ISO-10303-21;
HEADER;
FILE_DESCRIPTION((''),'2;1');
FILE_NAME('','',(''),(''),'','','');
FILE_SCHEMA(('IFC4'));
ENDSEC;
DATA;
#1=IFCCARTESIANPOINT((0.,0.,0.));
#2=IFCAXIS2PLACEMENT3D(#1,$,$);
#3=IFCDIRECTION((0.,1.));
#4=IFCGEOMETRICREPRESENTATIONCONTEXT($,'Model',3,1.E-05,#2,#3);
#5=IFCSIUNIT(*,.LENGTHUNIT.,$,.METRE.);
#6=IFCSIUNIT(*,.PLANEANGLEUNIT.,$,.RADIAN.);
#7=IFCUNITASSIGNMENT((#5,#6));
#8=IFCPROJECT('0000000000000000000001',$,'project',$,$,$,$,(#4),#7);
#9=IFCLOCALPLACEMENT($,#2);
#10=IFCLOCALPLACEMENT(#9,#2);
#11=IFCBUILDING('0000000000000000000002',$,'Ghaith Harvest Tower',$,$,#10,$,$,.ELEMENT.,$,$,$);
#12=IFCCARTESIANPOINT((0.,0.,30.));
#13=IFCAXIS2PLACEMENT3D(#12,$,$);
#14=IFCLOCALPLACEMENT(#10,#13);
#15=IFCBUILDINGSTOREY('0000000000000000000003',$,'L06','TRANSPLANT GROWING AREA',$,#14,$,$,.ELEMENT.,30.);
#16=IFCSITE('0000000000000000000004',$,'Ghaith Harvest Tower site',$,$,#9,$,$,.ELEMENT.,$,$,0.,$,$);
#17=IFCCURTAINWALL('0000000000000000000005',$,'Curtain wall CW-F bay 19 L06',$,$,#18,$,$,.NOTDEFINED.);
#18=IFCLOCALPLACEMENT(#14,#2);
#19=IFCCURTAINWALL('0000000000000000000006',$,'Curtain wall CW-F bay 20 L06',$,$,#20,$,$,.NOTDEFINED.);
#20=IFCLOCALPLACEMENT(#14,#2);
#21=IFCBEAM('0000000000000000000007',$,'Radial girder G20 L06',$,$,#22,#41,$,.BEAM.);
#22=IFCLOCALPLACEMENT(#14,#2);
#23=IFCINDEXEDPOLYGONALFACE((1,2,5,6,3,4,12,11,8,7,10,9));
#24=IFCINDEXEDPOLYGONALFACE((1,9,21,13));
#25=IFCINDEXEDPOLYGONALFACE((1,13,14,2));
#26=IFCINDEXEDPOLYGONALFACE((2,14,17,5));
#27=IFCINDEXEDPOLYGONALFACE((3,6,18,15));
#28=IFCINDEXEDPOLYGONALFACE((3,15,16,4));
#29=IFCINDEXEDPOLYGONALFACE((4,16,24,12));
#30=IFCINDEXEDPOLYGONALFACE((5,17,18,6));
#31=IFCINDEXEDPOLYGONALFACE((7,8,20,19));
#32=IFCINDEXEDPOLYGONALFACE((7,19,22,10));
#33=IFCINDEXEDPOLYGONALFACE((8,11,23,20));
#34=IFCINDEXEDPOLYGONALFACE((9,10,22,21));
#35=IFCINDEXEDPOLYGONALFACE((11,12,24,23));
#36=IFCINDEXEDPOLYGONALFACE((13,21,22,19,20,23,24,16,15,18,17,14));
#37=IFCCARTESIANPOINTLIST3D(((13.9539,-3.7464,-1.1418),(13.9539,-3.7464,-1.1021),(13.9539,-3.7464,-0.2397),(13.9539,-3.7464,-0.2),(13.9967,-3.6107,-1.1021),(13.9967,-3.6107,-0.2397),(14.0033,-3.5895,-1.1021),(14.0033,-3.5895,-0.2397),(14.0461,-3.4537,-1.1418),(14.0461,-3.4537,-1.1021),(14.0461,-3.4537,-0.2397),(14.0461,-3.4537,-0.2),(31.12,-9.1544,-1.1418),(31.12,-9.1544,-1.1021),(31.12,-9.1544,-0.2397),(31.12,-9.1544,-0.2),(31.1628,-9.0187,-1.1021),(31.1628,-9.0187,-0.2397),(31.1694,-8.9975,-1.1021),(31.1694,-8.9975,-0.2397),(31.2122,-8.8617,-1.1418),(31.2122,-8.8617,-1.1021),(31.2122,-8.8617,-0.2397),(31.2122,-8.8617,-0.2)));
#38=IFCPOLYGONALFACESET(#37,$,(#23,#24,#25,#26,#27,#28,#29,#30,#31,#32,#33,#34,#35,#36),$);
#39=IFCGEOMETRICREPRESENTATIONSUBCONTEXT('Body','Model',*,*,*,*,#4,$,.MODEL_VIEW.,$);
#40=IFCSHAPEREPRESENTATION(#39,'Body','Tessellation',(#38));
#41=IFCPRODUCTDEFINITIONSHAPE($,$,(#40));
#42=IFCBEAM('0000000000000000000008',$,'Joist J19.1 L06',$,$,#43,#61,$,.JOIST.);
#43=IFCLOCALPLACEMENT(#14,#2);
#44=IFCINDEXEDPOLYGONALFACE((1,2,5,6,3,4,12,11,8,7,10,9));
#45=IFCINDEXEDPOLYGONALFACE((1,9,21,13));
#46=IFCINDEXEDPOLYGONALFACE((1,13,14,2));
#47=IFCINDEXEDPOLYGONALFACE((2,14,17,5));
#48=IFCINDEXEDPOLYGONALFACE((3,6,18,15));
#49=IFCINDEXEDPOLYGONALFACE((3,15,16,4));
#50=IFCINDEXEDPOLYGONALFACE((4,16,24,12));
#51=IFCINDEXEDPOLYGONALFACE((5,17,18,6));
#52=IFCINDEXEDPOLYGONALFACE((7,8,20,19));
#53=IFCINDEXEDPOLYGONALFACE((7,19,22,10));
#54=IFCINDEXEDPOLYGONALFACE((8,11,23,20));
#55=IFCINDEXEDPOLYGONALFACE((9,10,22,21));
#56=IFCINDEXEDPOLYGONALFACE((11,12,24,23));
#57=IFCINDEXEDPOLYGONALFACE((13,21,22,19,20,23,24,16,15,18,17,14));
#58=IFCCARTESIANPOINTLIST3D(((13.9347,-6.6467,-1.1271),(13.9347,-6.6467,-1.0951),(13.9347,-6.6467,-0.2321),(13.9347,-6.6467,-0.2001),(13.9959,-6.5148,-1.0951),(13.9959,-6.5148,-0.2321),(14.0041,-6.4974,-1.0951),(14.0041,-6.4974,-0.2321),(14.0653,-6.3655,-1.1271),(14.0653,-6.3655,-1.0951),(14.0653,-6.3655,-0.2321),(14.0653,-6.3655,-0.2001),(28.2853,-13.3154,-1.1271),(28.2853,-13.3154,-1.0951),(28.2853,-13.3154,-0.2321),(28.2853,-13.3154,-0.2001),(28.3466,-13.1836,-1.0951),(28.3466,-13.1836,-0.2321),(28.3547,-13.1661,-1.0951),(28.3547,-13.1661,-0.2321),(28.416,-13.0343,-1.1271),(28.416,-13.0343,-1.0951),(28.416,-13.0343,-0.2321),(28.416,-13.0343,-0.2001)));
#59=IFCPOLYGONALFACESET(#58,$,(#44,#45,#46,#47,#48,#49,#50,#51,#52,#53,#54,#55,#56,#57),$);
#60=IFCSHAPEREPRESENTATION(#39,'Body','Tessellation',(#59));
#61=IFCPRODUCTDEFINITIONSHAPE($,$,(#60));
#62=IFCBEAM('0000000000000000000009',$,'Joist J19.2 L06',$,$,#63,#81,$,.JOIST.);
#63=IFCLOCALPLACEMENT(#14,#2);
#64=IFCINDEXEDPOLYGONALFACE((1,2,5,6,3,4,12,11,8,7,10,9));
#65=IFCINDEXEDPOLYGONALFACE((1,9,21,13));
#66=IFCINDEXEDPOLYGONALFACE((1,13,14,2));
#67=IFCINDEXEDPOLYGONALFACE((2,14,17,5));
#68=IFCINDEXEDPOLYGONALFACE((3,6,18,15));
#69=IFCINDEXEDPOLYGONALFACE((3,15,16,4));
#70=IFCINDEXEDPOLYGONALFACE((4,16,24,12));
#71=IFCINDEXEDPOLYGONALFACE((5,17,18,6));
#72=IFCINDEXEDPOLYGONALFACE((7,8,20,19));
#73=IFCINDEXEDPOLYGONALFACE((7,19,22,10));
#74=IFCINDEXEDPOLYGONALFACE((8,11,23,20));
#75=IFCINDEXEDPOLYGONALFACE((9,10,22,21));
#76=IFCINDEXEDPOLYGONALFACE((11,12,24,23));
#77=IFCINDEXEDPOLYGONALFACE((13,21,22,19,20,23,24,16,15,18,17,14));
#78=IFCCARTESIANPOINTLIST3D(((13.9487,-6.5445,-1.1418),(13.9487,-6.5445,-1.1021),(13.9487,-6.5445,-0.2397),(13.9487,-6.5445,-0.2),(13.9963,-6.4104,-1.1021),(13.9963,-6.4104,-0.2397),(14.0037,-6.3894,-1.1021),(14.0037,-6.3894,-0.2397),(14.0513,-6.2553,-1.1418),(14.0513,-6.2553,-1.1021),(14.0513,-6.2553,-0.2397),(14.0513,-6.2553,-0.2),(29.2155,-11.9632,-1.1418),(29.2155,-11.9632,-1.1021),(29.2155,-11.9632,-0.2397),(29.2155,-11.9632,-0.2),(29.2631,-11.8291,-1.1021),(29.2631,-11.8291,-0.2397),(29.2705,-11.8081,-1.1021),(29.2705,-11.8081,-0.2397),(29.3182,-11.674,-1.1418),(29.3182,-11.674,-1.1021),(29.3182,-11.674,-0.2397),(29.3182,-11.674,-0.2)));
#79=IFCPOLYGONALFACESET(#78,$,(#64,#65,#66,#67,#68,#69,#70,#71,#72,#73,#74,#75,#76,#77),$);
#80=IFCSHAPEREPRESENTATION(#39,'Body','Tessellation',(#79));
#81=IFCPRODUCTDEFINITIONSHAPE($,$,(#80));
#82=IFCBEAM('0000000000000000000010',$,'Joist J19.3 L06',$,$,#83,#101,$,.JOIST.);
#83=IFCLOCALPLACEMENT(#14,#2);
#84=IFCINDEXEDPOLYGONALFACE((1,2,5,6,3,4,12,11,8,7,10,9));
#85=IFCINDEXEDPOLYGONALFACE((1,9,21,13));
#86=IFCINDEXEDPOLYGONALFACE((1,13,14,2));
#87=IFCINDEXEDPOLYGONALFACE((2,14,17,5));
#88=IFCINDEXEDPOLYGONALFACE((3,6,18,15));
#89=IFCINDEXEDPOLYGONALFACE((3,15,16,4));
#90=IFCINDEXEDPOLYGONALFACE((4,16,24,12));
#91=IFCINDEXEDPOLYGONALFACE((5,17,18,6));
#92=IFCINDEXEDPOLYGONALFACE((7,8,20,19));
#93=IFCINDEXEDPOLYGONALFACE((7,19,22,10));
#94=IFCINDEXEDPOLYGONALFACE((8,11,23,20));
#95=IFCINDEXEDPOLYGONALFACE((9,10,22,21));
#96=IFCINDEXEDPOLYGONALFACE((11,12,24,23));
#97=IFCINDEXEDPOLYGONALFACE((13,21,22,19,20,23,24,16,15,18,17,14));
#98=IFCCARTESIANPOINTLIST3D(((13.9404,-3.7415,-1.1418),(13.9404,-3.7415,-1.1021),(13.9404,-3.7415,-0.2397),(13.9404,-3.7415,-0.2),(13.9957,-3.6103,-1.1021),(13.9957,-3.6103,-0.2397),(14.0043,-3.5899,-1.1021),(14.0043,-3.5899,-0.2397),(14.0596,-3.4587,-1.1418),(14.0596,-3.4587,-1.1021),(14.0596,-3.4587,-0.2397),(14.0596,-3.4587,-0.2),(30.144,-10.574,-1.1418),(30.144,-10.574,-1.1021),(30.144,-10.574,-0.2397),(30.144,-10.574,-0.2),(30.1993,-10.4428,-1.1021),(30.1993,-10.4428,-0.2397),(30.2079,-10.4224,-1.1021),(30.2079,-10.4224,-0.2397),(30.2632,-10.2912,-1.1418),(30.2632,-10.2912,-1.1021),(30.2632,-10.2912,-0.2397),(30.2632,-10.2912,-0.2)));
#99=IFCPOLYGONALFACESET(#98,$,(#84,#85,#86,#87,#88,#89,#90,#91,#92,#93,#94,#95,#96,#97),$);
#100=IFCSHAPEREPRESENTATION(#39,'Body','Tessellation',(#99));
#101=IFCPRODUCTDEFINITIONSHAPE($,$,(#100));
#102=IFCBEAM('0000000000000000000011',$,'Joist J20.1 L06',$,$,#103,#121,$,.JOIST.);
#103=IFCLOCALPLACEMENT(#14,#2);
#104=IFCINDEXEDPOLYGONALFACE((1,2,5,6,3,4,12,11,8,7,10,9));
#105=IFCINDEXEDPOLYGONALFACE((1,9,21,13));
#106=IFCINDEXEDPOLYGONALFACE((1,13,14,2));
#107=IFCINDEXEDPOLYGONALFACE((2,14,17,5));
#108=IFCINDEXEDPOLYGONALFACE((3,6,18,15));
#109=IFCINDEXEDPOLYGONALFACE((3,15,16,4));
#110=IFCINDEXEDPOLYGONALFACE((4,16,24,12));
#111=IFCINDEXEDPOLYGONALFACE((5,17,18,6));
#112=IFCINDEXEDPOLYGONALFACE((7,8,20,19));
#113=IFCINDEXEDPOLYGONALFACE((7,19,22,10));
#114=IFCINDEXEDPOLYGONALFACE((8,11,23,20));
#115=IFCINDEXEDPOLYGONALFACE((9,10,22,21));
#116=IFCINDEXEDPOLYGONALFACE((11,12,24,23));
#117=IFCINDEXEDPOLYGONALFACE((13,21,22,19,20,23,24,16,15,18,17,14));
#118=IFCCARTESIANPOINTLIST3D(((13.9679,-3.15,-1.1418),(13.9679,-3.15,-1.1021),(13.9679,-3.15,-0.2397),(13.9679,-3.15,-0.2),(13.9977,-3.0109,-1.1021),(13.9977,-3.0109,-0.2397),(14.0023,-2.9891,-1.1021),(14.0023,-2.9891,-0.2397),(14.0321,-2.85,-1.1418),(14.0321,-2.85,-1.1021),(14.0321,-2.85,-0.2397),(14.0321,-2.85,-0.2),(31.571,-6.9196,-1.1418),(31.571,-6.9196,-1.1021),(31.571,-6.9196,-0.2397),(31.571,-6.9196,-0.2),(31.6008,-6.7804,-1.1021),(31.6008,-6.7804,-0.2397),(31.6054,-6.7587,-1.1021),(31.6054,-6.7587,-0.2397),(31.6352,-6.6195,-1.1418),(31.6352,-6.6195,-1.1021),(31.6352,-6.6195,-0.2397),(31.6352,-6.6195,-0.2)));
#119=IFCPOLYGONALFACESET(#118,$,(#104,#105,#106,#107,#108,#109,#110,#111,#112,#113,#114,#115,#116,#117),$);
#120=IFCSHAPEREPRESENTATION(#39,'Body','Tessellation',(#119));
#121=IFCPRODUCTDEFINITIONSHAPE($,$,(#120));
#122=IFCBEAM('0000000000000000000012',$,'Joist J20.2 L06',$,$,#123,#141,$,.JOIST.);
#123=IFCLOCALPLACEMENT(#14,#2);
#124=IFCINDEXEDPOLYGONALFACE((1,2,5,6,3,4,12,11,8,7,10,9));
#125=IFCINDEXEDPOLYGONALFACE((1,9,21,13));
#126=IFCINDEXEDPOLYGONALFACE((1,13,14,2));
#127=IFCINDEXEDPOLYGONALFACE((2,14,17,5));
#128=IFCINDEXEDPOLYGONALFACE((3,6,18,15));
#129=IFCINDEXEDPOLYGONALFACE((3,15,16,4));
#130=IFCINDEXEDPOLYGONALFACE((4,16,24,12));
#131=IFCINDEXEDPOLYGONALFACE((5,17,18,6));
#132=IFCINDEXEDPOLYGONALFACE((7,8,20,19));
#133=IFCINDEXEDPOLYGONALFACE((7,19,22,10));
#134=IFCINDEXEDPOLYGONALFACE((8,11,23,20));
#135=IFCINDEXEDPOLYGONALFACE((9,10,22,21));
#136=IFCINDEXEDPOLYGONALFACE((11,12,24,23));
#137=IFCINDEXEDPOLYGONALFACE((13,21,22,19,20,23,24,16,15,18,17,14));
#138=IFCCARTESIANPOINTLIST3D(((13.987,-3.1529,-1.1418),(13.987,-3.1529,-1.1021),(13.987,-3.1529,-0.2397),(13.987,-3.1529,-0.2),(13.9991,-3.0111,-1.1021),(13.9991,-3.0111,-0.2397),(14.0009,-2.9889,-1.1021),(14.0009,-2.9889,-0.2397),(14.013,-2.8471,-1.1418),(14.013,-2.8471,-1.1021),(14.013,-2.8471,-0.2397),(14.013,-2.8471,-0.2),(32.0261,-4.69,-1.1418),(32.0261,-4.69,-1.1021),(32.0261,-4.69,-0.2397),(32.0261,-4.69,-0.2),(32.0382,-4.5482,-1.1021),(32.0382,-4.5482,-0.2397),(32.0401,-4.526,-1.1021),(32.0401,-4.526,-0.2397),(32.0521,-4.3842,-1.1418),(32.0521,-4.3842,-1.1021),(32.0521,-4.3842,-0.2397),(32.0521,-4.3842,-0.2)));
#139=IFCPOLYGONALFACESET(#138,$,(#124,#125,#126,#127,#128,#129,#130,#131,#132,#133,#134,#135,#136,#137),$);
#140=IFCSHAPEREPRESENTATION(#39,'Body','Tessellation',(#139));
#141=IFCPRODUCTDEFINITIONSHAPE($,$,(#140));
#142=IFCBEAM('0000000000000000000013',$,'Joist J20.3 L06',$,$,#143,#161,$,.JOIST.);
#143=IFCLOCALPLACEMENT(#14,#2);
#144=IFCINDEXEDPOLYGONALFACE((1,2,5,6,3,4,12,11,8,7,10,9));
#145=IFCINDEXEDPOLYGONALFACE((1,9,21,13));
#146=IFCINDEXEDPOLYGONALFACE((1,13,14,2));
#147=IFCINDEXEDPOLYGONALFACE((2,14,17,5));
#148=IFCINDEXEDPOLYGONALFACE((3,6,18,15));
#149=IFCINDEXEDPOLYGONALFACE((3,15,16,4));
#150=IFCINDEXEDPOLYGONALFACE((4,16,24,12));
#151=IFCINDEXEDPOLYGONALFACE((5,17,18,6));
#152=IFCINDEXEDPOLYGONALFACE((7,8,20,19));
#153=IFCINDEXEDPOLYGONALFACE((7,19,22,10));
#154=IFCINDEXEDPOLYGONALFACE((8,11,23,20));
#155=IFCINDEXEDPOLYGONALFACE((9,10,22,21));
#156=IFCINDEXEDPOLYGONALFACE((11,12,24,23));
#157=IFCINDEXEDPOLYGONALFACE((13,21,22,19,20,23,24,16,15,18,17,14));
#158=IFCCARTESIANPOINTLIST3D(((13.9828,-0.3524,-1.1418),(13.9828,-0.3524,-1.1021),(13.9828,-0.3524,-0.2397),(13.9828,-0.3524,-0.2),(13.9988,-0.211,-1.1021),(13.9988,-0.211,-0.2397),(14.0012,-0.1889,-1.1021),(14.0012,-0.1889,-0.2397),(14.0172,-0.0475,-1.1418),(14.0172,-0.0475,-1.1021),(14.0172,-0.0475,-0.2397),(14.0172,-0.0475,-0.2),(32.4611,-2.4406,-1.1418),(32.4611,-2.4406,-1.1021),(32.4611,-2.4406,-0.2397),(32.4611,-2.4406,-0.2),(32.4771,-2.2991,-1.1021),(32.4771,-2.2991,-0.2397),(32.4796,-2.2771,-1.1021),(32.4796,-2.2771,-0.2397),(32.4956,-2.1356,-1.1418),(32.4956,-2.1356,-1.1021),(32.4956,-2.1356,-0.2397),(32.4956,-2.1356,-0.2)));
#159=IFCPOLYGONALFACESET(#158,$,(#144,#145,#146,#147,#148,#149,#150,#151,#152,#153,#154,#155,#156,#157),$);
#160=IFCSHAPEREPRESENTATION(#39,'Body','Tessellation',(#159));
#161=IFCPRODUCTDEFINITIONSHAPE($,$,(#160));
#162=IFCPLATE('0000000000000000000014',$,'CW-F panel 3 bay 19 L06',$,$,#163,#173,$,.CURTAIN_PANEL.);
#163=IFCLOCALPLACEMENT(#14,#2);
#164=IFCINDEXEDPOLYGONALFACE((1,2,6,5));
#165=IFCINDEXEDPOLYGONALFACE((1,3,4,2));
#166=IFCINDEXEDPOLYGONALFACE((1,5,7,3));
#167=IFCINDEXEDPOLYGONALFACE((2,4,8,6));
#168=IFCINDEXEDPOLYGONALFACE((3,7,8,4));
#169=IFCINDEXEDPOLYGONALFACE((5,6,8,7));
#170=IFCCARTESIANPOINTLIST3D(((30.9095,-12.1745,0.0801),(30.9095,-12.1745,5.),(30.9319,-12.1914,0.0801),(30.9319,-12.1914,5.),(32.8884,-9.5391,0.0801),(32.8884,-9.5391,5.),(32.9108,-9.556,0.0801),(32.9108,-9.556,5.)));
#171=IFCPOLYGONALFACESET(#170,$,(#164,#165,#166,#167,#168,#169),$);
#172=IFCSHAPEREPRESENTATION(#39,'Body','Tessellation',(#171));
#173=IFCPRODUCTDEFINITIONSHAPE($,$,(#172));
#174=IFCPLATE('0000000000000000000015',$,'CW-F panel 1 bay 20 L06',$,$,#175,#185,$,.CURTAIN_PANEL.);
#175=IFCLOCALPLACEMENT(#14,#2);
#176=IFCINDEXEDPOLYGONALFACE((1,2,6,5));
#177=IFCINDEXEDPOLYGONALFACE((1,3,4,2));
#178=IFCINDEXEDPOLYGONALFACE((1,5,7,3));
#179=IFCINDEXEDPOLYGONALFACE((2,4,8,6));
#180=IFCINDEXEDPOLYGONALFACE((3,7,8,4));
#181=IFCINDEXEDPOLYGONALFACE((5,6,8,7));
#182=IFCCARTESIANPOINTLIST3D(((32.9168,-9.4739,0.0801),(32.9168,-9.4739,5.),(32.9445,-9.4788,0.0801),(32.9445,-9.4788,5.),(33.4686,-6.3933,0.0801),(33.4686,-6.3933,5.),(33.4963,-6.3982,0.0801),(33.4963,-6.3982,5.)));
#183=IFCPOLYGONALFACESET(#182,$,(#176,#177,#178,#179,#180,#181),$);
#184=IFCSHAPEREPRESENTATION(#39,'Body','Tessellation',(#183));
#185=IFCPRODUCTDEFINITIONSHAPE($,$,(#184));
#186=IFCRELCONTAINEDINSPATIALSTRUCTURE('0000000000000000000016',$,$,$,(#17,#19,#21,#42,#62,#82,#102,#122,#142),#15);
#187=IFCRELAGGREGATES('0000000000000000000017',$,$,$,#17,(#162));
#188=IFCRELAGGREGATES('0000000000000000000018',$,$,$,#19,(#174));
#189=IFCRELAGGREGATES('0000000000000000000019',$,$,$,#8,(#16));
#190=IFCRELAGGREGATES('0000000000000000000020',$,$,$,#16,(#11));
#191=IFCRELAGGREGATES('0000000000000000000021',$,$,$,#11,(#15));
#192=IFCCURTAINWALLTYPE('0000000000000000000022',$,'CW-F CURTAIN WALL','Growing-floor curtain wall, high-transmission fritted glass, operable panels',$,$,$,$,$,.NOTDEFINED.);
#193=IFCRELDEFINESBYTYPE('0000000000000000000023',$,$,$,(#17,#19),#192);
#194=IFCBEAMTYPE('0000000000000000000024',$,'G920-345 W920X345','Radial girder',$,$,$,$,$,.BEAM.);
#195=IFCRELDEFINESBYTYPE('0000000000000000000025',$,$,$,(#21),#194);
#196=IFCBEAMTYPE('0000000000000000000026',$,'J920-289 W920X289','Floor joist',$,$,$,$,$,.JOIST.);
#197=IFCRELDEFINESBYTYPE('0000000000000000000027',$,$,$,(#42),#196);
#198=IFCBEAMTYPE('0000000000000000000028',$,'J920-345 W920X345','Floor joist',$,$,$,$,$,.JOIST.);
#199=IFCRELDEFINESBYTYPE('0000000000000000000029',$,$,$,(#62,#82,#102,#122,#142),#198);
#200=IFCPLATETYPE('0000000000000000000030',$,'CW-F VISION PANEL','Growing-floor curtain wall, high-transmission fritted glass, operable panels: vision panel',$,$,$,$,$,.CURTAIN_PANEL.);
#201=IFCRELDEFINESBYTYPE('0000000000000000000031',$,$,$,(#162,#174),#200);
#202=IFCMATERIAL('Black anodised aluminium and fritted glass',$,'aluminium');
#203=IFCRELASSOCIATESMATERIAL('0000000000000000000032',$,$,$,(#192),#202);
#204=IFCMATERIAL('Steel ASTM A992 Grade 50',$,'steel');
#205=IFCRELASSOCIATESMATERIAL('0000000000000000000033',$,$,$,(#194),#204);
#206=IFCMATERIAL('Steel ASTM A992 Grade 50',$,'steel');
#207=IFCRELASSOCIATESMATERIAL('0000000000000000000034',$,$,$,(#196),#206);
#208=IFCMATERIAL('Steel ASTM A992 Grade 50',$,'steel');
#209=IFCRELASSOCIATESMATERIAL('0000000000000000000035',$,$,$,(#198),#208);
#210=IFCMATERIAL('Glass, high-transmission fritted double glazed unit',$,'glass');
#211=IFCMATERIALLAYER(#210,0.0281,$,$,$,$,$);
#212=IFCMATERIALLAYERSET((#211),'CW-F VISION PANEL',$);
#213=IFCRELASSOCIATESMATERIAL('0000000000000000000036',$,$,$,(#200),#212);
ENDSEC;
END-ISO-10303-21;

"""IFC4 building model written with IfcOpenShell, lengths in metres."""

from ifc_helpers import new_model, si_unit, direction, frame, origin, origin_2d, place, context, subcontext, project, spatial, rectangle, i_section, extrude, material, layer, layer_set, material_profile, profile_set, type_object, element, aggregate, save


model = new_model("IFC4")

# Units and contexts
model_context = context("Model", 3, precision=1e-05, world=origin(), true_north=direction((0.0, 1.0)))
body_context = subcontext(model_context, "Body", "Model", "MODEL_VIEW")
ifc_project = project(units=[si_unit("LENGTHUNIT", "METRE"), si_unit("PLANEANGLEUNIT", "RADIAN")], contexts=[model_context])

# Site, building, storey
site_placement = place(None, origin())
site = spatial("IfcSite", under=ifc_project, at=site_placement, Name="Ghaith Harvest Tower site", CompositionType="ELEMENT", RefElevation=0.0)
building_placement = place(site_placement, origin())
building = spatial("IfcBuilding", under=site, at=building_placement, Name="Ghaith Harvest Tower", CompositionType="ELEMENT")
storey_placement = place(building_placement, frame((0.0, 0.0, 30.0)))
storey = spatial("IfcBuildingStorey", under=building, at=storey_placement, Name="L06", Description="TRANSPLANT GROWING AREA", CompositionType="ELEMENT", Elevation=30.0)

# Curtain wall
ifc_material_1 = material(Name="Black anodised aluminium and fritted glass", Category="aluminium")
curtain_wall_type = type_object("IfcCurtainWallType", Name="CW-F CURTAIN WALL", Description="Growing-floor curtain wall, high-transmission fritted glass, operable panels", PredefinedType="NOTDEFINED", material=ifc_material_1)
curtain_wall_1_placement = place(storey_placement, origin())
curtain_wall_1 = element("IfcCurtainWall", 1, at=curtain_wall_1_placement, inside=storey, type_object=curtain_wall_type, Name="Curtain wall CW-F bay 19 L06", PredefinedType="NOTDEFINED")

# Curtain wall
curtain_wall_2_placement = place(storey_placement, origin())
curtain_wall_2 = element("IfcCurtainWall", 2, at=curtain_wall_2_placement, inside=storey, type_object=curtain_wall_type, Name="Curtain wall CW-F bay 20 L06", PredefinedType="NOTDEFINED")

# Beams
ifc_material_2 = material(Name="Steel ASTM A992 Grade 50", Category="steel")
ifc_material_profile_1 = material_profile(ifc_material_2, i_section(OverallWidth=0.3069, OverallDepth=0.9419, WebThickness=0.0222, FlangeThickness=0.0398, at=origin_2d()), Name="W920X345")
ifc_profile_set_1 = profile_set([ifc_material_profile_1], Name="Steel ASTM A992 Grade 50")
beam_type_1 = type_object("IfcBeamType", Name="G920-345 W920X345", Description="Radial girder", PredefinedType="BEAM", material=ifc_profile_set_1)
beam_1_placement = place(storey_placement, frame((14.0, -3.6001, -0.6709), z_axis=(0.953788, -0.30048, 0.0), x_axis=(0.30048, 0.953788, 0.0)))
element("IfcBeam", 3, at=beam_1_placement, inside=storey, type_object=beam_type_1, Name="Radial girder G20 L06", PredefinedType="BEAM", context=body_context, shape_type="SweptSolid", body=[
    extrude(i_section(OverallWidth=0.3069, OverallDepth=0.9419, WebThickness=0.0222, FlangeThickness=0.0398, at=origin_2d()), origin(), (0.0, 0.0, 1.0), 17.9978),
])
ifc_material_3 = material(Name="Steel ASTM A992 Grade 50", Category="steel")
ifc_material_profile_2 = material_profile(ifc_material_3, i_section(OverallWidth=0.3101, OverallDepth=0.927, WebThickness=0.0193, FlangeThickness=0.032, at=origin_2d()), Name="W920X289")
ifc_profile_set_2 = profile_set([ifc_material_profile_2], Name="Steel ASTM A992 Grade 50")
beam_type_2 = type_object("IfcBeamType", Name="J920-289 W920X289", Description="Floor joist", PredefinedType="JOIST", material=ifc_profile_set_2)
beam_2_placement = place(storey_placement, frame((14.0, -6.5061, -0.6636), z_axis=(0.906866, -0.42142, 0.0), x_axis=(0.42142, 0.906866, 0.0)))
element("IfcBeam", 4, at=beam_2_placement, inside=storey, type_object=beam_type_2, Name="Joist J19.1 L06", PredefinedType="JOIST", context=body_context, shape_type="SweptSolid", body=[
    extrude(i_section(OverallWidth=0.3101, OverallDepth=0.927, WebThickness=0.0193, FlangeThickness=0.032, at=origin_2d()), origin(), (0.0, 0.0, 1.0), 15.8245),
])
ifc_material_4 = material(Name="Steel ASTM A992 Grade 50", Category="steel")
ifc_material_profile_3 = material_profile(ifc_material_4, i_section(OverallWidth=0.3069, OverallDepth=0.9419, WebThickness=0.0222, FlangeThickness=0.0398, at=origin_2d()), Name="W920X345")
ifc_profile_set_3 = profile_set([ifc_material_profile_3], Name="Steel ASTM A992 Grade 50")
beam_type_3 = type_object("IfcBeamType", Name="J920-345 W920X345", Description="Floor joist", PredefinedType="JOIST", material=ifc_profile_set_3)
beam_3_placement = place(storey_placement, frame((14.0, -6.3999, -0.6709), z_axis=(0.9424, -0.334488, 0.0), x_axis=(0.334488, 0.9424, 0.0)))
element("IfcBeam", 5, at=beam_3_placement, inside=storey, type_object=beam_type_3, Name="Joist J19.2 L06", PredefinedType="JOIST", context=body_context, shape_type="SweptSolid", body=[
    extrude(i_section(OverallWidth=0.3069, OverallDepth=0.9419, WebThickness=0.0222, FlangeThickness=0.0398, at=origin_2d()), origin(), (0.0, 0.0, 1.0), 16.2),
])
beam_4_placement = place(storey_placement, frame((14.0, -3.6001, -0.6709), z_axis=(0.921433, -0.388537, 0.0), x_axis=(0.388537, 0.921433, 0.0)))
element("IfcBeam", 6, at=beam_4_placement, inside=storey, type_object=beam_type_3, Name="Joist J19.3 L06", PredefinedType="JOIST", context=body_context, shape_type="SweptSolid", body=[
    extrude(i_section(OverallWidth=0.3069, OverallDepth=0.9419, WebThickness=0.0222, FlangeThickness=0.0398, at=origin_2d()), origin(), (0.0, 0.0, 1.0), 17.5852),
])
beam_5_placement = place(storey_placement, frame((14.0, -3.0, -0.6709), z_axis=(0.977831, -0.209394, 0.0), x_axis=(0.209394, 0.977831, 0.0)))
element("IfcBeam", 7, at=beam_5_placement, inside=storey, type_object=beam_type_3, Name="Joist J20.1 L06", PredefinedType="JOIST", context=body_context, shape_type="SweptSolid", body=[
    extrude(i_section(OverallWidth=0.3069, OverallDepth=0.9419, WebThickness=0.0222, FlangeThickness=0.0398, at=origin_2d()), origin(), (0.0, 0.0, 1.0), 18.0022),
])
beam_6_placement = place(storey_placement, frame((14.0, -3.0, -0.6709), z_axis=(0.996389, -0.084902, 0.0), x_axis=(0.084902, 0.996389, 0.0)))
element("IfcBeam", 8, at=beam_6_placement, inside=storey, type_object=beam_type_3, Name="Joist J20.2 L06", PredefinedType="JOIST", context=body_context, shape_type="SweptSolid", body=[
    extrude(i_section(OverallWidth=0.3069, OverallDepth=0.9419, WebThickness=0.0222, FlangeThickness=0.0398, at=origin_2d()), origin(), (0.0, 0.0, 1.0), 18.1045),
])
beam_7_placement = place(storey_placement, frame((14.0, -0.2, -0.6709), z_axis=(0.993675, -0.11229, 0.0), x_axis=(0.11229, 0.993675, 0.0)))
element("IfcBeam", 9, at=beam_7_placement, inside=storey, type_object=beam_type_3, Name="Joist J20.3 L06", PredefinedType="JOIST", context=body_context, shape_type="SweptSolid", body=[
    extrude(i_section(OverallWidth=0.3069, OverallDepth=0.9419, WebThickness=0.0222, FlangeThickness=0.0398, at=origin_2d()), origin(), (0.0, 0.0, 1.0), 18.5959),
])

# Plates
ifc_material_5 = material(Name="Glass, high-transmission fritted double glazed unit", Category="glass")
ifc_layer_1 = layer(ifc_material_5, 0.0281)
ifc_layer_set_1 = layer_set([ifc_layer_1], Name="CW-F VISION PANEL")
plate_type = type_object("IfcPlateType", Name="CW-F VISION PANEL", Description="Growing-floor curtain wall, high-transmission fritted glass, operable panels: vision panel", PredefinedType="CURTAIN_PANEL", material=ifc_layer_set_1)
plate_1_placement = place(storey_placement, frame((31.9102, -10.8652, 0.0801), z_axis=(0.0, 0.0, 1.0), x_axis=(0.600454, 0.799659, 0.0)))
plate_1 = element("IfcPlate", 10, at=plate_1_placement, type_object=plate_type, Name="CW-F panel 3 bay 19 L06", PredefinedType="CURTAIN_PANEL", context=body_context, shape_type="SweptSolid", body=[
    extrude(rectangle(XDim=3.2957, YDim=0.0281, at=origin_2d()), origin(), (0.0, 0.0, 1.0), 4.9199),
])
aggregate(curtain_wall_1, [plate_1])
plate_2_placement = place(storey_placement, frame((33.2065, -7.936, 0.0801), z_axis=(0.0, 0.0, 1.0), x_axis=(0.17632, 0.984333, 0.0)))
plate_2 = element("IfcPlate", 11, at=plate_2_placement, type_object=plate_type, Name="CW-F panel 1 bay 20 L06", PredefinedType="CURTAIN_PANEL", context=body_context, shape_type="SweptSolid", body=[
    extrude(rectangle(XDim=3.1296, YDim=0.0281, at=origin_2d()), origin(), (0.0, 0.0, 1.0), 4.9199),
])
aggregate(curtain_wall_2, [plate_2])

save(model, "model.ifc")
